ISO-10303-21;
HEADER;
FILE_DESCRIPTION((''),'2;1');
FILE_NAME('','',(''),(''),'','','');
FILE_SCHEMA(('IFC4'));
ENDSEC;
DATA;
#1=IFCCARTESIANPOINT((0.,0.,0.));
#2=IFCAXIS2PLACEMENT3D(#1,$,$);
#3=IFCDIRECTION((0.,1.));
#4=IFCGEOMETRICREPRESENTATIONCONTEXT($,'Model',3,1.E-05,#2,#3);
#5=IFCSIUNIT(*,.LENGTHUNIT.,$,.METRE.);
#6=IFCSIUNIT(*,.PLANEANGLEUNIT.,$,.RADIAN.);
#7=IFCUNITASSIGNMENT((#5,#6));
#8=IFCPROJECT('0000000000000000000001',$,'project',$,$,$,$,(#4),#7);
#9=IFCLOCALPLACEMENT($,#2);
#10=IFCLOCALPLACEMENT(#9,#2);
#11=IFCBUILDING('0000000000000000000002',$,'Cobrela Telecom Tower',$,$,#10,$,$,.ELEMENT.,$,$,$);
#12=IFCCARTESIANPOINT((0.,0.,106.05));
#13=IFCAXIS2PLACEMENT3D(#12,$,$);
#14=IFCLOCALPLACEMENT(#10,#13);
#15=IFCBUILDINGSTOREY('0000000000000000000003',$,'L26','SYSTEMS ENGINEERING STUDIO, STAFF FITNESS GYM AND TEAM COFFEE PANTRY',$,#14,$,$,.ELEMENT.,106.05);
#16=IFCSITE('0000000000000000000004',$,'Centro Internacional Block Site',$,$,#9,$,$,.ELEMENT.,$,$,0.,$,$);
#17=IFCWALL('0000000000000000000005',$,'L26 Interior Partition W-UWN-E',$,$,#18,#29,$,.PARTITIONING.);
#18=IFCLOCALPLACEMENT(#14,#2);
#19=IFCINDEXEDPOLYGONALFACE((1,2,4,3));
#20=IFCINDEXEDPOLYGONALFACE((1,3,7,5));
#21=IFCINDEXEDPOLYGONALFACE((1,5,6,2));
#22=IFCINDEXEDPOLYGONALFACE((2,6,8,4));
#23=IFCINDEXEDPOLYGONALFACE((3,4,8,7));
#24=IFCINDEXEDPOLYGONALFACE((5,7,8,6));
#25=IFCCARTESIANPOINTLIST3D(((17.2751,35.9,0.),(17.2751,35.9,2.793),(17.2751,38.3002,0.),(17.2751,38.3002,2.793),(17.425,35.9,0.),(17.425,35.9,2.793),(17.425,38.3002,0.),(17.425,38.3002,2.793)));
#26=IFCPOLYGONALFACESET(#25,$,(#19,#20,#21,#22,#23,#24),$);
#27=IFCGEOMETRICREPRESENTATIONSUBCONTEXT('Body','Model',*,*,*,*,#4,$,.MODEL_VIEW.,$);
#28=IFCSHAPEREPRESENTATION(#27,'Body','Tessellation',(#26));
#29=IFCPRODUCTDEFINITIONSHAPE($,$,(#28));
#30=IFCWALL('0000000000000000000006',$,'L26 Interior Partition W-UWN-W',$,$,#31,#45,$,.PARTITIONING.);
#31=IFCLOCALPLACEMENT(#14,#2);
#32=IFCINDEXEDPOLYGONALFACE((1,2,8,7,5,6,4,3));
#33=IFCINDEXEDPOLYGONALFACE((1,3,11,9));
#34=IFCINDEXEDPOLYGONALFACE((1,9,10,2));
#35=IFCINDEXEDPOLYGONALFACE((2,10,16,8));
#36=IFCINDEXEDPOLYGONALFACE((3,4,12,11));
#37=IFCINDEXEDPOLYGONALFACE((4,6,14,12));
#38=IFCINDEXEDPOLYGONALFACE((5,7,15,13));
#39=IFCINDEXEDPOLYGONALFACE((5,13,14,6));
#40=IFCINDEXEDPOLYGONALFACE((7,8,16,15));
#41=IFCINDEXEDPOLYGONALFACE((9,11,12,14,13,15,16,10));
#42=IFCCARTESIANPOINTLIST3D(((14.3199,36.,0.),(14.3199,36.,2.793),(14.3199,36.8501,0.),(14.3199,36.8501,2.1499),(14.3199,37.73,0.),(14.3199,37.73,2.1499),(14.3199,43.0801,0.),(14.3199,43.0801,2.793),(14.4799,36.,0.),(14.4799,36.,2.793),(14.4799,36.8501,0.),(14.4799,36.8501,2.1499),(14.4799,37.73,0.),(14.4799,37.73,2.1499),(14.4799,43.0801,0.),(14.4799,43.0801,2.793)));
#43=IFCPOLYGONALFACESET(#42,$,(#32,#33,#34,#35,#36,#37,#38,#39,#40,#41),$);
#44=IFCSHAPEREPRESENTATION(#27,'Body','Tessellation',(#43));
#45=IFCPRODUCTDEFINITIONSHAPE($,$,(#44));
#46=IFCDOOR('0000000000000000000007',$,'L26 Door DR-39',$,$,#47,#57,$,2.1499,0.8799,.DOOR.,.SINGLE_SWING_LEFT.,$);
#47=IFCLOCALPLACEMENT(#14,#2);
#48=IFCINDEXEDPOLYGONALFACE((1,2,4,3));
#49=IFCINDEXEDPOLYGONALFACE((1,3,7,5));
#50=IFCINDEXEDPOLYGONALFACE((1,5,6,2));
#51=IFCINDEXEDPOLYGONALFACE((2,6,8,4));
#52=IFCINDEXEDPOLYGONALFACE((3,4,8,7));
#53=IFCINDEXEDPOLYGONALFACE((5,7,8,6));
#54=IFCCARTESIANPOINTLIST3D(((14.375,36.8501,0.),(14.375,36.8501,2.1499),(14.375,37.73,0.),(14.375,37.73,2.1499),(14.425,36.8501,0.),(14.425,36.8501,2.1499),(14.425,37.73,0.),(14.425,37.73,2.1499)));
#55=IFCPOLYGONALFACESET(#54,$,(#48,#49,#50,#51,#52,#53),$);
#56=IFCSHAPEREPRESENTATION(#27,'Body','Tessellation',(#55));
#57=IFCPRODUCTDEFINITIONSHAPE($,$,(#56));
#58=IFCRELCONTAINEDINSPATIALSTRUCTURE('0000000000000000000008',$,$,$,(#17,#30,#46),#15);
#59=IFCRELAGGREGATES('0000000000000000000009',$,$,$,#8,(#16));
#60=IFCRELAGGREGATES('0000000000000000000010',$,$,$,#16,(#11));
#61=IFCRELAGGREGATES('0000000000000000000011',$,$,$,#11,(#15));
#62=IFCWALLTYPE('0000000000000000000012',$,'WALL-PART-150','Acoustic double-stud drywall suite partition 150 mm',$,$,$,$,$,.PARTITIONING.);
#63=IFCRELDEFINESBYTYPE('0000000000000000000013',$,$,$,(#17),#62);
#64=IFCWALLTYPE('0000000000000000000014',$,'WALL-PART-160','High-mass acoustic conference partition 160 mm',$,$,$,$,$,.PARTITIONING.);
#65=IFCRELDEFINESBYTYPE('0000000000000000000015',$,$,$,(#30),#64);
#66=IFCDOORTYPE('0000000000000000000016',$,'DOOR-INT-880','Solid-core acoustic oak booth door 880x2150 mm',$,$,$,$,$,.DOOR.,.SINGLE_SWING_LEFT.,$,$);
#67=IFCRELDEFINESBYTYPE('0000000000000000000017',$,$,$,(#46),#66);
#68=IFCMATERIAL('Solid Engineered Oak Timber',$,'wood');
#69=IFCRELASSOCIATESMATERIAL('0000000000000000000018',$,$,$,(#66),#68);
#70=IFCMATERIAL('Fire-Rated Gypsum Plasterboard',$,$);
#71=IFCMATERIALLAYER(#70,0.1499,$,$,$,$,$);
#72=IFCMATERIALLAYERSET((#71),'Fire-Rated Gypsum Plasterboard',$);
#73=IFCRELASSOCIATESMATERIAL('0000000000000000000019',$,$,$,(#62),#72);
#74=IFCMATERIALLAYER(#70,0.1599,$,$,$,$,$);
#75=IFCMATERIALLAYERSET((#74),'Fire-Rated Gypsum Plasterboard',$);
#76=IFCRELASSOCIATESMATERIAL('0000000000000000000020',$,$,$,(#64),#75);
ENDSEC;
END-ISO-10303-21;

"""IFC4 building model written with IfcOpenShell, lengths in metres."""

from ifc_helpers import new_model, si_unit, direction, frame, frame_2d, origin, place, context, subcontext, project, spatial, rectangle, extrude, material, layer, layer_set, type_object, element, fill, save


model = new_model("IFC4")

# Units and contexts
model_context = context("Model", 3, precision=1e-05, world=origin(), true_north=direction((0.0, 1.0)))
body_context = subcontext(model_context, "Body", "Model", "MODEL_VIEW")
ifc_project = project(units=[si_unit("LENGTHUNIT", "METRE"), si_unit("PLANEANGLEUNIT", "RADIAN")], contexts=[model_context])

# Site, building, storey
site_placement = place(None, origin())
site = spatial("IfcSite", under=ifc_project, at=site_placement, Name="Centro Internacional Block Site", CompositionType="ELEMENT", RefElevation=0.0)
building_placement = place(site_placement, origin())
building = spatial("IfcBuilding", under=site, at=building_placement, Name="Cobrela Telecom Tower", CompositionType="ELEMENT")
storey_placement = place(building_placement, frame((0.0, 0.0, 106.05)))
storey = spatial("IfcBuildingStorey", under=building, at=storey_placement, Name="L26", Description="SYSTEMS ENGINEERING STUDIO, STAFF FITNESS GYM AND TEAM COFFEE PANTRY", CompositionType="ELEMENT", Elevation=106.05)

# Shared definitions
ifc_material_1 = material(Name="Fire-Rated Gypsum Plasterboard")
ifc_material_2 = material(Name="Solid Engineered Oak Timber", Category="wood")
door_type = type_object("IfcDoorType", Name="DOOR-INT-880", Description="Solid-core acoustic oak booth door 880x2150 mm", OperationType="SINGLE_SWING_LEFT", PredefinedType="DOOR", material=ifc_material_2)

# Wall
ifc_layer_1 = layer(ifc_material_1, 0.1499)
ifc_layer_set_1 = layer_set([ifc_layer_1], Name="Fire-Rated Gypsum Plasterboard")
wall_type_1 = type_object("IfcWallType", Name="WALL-PART-150", Description="Acoustic double-stud drywall suite partition 150 mm", PredefinedType="PARTITIONING", material=ifc_layer_set_1)
wall_1_placement = place(storey_placement, frame((17.3501, 35.8999, 0.0), z_axis=(0.0, 0.0, 1.0), x_axis=(0.0, 1.0, 0.0)))
element("IfcWall", 1, at=wall_1_placement, inside=storey, type_object=wall_type_1, Name="L26 Interior Partition W-UWN-E", PredefinedType="PARTITIONING", context=body_context, shape_type="SweptSolid", body=[
    extrude(rectangle(XDim=2.4001, YDim=0.1499, at=frame_2d((1.2002, 0.0))), origin(), (0.0, 0.0, 1.0), 2.793),
])

# Wall, opening, door
ifc_layer_2 = layer(ifc_material_1, 0.1599)
ifc_layer_set_2 = layer_set([ifc_layer_2], Name="Fire-Rated Gypsum Plasterboard")
wall_type_2 = type_object("IfcWallType", Name="WALL-PART-160", Description="High-mass acoustic conference partition 160 mm", PredefinedType="PARTITIONING", material=ifc_layer_set_2)
wall_2_placement = place(storey_placement, frame((14.3999, 36.0, 0.0), z_axis=(0.0, 0.0, 1.0), x_axis=(0.0, 1.0, 0.0)))
wall_2 = element("IfcWall", 2, at=wall_2_placement, inside=storey, type_object=wall_type_2, Name="L26 Interior Partition W-UWN-W", PredefinedType="PARTITIONING", context=body_context, shape_type="SweptSolid", body=[
    extrude(rectangle(XDim=7.0801, YDim=0.1599, at=frame_2d((3.54, 0.0))), origin(), (0.0, 0.0, 1.0), 2.793),
])
opening_1_placement = place(wall_2_placement, frame((0.8501, 0.0, 0.0)))
opening_1 = element("IfcOpeningElement", 3, at=opening_1_placement, cuts=wall_2, PredefinedType="OPENING", context=body_context, shape_type="SweptSolid", body=[
    extrude(rectangle(XDim=0.8799, YDim=2.1499, at=frame_2d((0.4399, 1.075))), frame((0.0, 0.0918, 0.0), z_axis=(0.0, -1.0, 0.0), x_axis=(1.0, 0.0, 0.0)), (0.0, 0.0, 1.0), 0.1838),
])
door_1_placement = place(opening_1_placement, origin())
door_1 = element("IfcDoor", 4, at=door_1_placement, inside=storey, type_object=door_type, Name="L26 Door DR-39", OperationType="SINGLE_SWING_LEFT", OverallHeight=2.1499, OverallWidth=0.8799, PredefinedType="DOOR", context=body_context, shape_type="SweptSolid", body=[
    extrude(rectangle(XDim=0.8799, YDim=2.1499, at=frame_2d((0.4399, 1.075))), frame((0.0, 0.0249, 0.0), z_axis=(0.0, -1.0, 0.0), x_axis=(1.0, 0.0, 0.0)), (0.0, 0.0, 1.0), 0.05),
])
fill(opening_1, door_1)

save(model, "model.ifc")
